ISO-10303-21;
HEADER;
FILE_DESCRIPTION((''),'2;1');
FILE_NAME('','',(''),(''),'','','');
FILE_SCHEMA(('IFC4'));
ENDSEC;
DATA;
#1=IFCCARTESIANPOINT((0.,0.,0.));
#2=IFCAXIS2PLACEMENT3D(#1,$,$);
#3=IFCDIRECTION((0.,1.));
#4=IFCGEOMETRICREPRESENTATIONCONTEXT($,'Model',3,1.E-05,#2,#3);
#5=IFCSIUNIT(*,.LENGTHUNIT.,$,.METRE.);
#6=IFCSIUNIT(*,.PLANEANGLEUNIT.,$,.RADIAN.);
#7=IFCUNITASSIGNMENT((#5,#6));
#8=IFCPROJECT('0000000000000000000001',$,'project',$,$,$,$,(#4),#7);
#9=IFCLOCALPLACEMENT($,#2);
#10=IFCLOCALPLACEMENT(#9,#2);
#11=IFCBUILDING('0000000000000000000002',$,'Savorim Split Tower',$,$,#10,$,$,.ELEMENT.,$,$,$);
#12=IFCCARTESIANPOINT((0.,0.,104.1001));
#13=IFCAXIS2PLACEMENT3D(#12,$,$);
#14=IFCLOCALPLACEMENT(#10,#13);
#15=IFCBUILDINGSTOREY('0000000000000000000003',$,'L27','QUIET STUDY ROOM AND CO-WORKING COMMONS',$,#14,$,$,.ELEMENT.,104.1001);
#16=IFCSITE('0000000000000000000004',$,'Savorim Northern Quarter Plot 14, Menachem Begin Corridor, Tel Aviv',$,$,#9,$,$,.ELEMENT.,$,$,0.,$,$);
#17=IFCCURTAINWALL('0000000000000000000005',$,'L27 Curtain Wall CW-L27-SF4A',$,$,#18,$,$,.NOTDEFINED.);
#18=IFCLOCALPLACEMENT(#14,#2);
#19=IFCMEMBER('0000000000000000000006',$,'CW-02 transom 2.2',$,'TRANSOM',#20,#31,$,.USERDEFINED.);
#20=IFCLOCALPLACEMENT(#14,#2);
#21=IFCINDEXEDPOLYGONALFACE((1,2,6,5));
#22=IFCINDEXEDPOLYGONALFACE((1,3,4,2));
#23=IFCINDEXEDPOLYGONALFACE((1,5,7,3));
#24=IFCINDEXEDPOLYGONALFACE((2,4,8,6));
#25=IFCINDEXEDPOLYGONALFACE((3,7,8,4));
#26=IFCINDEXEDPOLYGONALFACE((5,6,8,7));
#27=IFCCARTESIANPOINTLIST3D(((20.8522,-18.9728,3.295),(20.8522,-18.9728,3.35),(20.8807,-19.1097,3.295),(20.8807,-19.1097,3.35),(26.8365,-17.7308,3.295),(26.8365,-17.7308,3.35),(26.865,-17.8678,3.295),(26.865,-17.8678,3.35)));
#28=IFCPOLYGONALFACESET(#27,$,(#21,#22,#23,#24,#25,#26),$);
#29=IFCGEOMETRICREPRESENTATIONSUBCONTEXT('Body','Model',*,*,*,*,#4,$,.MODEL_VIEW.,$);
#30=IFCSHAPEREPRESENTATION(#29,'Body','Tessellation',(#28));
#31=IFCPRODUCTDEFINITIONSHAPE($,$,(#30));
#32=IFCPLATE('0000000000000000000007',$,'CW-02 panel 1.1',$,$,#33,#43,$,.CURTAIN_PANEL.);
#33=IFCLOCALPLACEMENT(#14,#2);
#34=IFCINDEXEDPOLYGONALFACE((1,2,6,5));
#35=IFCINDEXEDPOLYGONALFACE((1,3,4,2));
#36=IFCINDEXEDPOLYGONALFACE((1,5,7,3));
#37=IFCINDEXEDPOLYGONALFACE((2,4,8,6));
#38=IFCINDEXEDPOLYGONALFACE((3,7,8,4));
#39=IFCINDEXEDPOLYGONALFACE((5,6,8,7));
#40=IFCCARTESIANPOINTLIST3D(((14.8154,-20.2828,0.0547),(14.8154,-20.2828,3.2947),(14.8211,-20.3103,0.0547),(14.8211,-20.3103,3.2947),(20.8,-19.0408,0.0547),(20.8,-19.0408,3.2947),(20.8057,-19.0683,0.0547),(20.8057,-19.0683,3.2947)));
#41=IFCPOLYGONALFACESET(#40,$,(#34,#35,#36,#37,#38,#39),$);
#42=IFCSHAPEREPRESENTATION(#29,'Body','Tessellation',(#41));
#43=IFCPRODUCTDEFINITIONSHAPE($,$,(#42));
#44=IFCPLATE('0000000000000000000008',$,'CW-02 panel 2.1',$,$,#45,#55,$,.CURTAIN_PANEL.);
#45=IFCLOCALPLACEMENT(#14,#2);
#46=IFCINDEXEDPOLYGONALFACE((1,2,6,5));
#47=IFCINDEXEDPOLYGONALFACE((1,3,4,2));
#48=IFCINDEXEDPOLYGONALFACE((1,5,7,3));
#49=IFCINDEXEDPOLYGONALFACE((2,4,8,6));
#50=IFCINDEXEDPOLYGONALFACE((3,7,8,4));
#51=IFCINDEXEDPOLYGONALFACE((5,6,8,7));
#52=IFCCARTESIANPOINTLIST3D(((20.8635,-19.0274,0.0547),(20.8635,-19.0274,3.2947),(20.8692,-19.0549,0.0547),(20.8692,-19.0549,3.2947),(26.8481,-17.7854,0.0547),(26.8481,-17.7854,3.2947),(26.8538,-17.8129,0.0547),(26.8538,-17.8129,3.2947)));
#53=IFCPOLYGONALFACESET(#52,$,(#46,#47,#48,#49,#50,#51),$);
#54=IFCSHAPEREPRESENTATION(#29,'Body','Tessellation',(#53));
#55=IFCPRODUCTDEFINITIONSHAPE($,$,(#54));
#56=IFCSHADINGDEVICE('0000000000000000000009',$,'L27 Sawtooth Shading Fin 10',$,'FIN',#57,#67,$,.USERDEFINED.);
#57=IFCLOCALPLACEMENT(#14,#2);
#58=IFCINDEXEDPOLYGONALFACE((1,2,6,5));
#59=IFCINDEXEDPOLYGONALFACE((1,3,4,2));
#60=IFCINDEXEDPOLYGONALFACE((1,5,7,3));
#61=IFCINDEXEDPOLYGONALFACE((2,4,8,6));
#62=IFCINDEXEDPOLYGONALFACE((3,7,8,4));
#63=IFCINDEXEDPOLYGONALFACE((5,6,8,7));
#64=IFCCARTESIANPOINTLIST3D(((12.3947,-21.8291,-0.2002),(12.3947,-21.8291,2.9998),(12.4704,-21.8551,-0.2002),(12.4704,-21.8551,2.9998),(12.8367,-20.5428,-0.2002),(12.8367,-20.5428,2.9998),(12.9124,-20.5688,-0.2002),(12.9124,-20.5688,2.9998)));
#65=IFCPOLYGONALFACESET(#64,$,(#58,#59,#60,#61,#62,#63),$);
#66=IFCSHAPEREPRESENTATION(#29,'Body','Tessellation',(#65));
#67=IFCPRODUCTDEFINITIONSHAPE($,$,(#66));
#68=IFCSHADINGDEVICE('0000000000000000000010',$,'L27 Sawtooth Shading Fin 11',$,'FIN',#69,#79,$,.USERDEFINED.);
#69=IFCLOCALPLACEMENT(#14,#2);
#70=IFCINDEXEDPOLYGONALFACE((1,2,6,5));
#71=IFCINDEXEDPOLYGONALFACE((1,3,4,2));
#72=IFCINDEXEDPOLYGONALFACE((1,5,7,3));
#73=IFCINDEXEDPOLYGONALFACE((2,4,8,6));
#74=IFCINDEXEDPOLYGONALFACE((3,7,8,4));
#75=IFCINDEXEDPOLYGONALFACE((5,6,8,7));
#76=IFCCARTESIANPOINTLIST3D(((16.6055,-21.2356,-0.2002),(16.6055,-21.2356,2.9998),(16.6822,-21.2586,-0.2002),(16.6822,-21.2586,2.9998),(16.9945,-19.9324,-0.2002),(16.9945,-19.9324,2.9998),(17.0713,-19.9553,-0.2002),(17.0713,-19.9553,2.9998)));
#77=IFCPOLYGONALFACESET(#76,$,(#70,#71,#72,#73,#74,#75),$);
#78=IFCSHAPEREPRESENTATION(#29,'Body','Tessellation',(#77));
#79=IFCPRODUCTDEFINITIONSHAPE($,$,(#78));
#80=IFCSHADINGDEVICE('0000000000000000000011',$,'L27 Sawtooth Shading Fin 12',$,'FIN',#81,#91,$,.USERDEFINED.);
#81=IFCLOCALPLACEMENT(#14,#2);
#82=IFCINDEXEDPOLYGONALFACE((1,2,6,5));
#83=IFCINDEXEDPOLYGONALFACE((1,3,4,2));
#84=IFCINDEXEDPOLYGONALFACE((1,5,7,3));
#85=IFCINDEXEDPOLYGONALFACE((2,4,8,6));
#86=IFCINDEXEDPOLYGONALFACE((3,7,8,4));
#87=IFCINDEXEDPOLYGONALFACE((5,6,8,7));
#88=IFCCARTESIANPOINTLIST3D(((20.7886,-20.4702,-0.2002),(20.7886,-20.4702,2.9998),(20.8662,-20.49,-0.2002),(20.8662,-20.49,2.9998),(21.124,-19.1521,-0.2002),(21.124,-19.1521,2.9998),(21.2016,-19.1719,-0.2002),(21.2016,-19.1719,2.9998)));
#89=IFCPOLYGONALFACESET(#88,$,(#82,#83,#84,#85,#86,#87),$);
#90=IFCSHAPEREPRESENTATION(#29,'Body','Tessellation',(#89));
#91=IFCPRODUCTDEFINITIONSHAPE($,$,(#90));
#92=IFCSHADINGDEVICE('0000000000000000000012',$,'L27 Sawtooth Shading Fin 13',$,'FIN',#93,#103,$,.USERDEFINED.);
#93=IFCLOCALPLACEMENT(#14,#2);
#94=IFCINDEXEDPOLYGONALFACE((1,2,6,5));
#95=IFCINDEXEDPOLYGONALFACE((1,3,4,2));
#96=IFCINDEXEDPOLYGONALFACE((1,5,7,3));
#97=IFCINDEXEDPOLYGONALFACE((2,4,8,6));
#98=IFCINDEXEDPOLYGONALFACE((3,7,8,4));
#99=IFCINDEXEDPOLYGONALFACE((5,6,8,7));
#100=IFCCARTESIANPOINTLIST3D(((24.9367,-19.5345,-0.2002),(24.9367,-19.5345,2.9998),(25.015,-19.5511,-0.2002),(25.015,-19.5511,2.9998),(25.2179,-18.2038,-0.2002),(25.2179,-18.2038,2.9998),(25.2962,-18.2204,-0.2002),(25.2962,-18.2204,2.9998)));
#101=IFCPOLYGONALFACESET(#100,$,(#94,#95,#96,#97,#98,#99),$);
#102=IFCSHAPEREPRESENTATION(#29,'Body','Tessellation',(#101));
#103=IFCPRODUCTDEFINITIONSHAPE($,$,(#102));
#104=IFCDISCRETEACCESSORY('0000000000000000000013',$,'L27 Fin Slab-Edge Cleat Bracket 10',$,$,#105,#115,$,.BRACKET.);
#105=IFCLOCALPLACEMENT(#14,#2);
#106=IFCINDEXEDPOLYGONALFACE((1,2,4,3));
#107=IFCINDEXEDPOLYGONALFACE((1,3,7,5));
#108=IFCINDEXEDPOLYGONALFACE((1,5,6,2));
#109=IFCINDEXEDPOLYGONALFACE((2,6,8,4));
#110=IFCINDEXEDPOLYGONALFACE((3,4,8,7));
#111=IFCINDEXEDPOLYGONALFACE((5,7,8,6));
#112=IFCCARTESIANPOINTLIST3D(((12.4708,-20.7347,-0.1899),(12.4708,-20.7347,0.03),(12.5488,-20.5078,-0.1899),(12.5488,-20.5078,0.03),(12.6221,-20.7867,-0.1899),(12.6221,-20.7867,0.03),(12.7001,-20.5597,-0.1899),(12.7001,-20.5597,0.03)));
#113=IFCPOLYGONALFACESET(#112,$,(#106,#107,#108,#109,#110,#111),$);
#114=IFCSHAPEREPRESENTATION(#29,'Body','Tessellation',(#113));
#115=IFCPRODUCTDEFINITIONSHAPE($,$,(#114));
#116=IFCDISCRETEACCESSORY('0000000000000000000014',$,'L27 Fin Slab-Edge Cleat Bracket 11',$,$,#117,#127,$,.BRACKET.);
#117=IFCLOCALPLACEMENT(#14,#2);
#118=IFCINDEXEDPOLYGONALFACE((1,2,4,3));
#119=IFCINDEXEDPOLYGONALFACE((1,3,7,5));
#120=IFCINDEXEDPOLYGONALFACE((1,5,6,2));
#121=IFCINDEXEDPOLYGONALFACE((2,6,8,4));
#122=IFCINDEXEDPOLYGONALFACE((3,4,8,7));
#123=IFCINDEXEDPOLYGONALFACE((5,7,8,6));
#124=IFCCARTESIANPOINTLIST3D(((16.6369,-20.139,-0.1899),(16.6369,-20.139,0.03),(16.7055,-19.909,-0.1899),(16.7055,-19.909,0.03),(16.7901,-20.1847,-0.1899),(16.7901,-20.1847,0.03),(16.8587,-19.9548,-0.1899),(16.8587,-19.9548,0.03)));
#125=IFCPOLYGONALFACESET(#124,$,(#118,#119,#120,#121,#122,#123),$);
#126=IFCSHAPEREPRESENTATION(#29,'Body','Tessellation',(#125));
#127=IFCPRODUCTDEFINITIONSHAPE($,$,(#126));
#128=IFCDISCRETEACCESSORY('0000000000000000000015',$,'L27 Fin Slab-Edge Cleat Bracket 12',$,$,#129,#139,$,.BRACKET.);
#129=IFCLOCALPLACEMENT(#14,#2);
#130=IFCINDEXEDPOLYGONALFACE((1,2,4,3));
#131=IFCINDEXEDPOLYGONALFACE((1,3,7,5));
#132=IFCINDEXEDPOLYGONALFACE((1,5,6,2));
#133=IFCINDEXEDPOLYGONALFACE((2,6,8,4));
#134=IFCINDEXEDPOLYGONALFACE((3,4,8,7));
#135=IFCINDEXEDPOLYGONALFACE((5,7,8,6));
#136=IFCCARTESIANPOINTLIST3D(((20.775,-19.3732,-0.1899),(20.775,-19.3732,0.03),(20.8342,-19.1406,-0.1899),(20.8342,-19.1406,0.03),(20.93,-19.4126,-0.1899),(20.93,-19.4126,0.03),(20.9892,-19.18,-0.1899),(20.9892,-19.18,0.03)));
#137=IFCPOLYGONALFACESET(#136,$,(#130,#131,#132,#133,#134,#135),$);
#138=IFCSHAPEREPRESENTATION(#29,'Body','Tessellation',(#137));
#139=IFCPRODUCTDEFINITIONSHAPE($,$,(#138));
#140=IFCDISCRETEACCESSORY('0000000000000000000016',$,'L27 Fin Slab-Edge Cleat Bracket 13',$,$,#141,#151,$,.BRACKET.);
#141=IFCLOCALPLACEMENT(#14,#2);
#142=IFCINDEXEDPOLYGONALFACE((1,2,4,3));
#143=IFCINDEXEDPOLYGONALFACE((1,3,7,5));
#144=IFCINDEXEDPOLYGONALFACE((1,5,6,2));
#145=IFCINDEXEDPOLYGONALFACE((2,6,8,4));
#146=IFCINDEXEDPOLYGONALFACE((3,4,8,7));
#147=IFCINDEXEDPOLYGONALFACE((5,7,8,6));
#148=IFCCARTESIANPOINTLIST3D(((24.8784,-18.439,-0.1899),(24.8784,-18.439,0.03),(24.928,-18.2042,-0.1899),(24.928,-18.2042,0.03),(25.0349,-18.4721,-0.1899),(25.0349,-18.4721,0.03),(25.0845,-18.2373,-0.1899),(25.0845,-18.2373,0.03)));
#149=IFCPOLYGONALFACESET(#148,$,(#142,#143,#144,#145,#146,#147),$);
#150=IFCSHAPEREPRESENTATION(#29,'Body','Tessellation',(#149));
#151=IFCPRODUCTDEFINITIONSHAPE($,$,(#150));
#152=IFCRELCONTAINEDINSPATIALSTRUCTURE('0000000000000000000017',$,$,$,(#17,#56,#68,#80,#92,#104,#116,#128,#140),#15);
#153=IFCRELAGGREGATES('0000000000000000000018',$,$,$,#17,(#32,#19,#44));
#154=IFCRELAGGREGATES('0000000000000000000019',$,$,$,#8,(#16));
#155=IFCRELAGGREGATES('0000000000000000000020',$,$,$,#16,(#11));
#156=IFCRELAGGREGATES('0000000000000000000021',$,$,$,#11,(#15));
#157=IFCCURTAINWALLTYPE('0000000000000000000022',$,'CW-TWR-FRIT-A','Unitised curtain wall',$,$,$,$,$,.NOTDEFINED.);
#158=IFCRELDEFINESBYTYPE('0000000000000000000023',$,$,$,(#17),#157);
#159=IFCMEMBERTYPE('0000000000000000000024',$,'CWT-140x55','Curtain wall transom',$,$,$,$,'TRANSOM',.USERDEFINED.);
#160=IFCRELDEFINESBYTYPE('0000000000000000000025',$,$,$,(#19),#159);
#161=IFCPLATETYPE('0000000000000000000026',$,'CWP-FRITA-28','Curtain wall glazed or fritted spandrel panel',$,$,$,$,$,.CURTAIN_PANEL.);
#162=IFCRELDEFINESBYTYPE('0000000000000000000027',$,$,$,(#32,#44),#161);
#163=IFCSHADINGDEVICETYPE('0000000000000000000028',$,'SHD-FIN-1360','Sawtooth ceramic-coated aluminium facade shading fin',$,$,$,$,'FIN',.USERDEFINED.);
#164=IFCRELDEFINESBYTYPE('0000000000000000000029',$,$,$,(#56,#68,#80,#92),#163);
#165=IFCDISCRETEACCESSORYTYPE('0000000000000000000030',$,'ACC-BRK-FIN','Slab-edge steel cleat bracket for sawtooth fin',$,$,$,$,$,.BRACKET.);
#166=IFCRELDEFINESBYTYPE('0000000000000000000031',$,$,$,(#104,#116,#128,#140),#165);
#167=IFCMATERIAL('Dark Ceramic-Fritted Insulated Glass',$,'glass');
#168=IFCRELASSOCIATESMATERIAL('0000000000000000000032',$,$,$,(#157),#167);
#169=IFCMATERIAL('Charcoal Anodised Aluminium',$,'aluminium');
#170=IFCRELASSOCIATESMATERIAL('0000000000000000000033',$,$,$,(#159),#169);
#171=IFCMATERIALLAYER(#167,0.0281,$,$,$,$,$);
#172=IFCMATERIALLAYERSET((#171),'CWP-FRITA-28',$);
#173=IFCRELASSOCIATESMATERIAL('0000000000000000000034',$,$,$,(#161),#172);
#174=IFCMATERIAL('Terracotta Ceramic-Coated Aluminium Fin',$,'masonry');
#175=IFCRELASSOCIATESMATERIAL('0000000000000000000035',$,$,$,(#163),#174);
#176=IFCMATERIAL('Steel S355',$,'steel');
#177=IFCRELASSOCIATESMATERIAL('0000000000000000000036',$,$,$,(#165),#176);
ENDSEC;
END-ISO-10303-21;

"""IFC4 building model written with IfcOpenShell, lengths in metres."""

from ifc_helpers import new_model, si_unit, direction, frame, origin, origin_2d, place, context, subcontext, project, spatial, rectangle, extrude, material, layer, layer_set, material_profile, profile_set, type_object, element, aggregate, save


model = new_model("IFC4")

# Units and contexts
model_context = context("Model", 3, precision=1e-05, world=origin(), true_north=direction((0.0, 1.0)))
body_context = subcontext(model_context, "Body", "Model", "MODEL_VIEW")
ifc_project = project(units=[si_unit("LENGTHUNIT", "METRE"), si_unit("PLANEANGLEUNIT", "RADIAN")], contexts=[model_context])

# Site, building, storey
site_placement = place(None, origin())
site = spatial("IfcSite", under=ifc_project, at=site_placement, Name="Savorim Northern Quarter Plot 14, Menachem Begin Corridor, Tel Aviv", CompositionType="ELEMENT", RefElevation=0.0)
building_placement = place(site_placement, origin())
building = spatial("IfcBuilding", under=site, at=building_placement, Name="Savorim Split Tower", CompositionType="ELEMENT")
storey_placement = place(building_placement, frame((0.0, 0.0, 104.1001)))
storey = spatial("IfcBuildingStorey", under=building, at=storey_placement, Name="L27", Description="QUIET STUDY ROOM AND CO-WORKING COMMONS", CompositionType="ELEMENT", Elevation=104.1001)

# Shared definitions
ifc_material_1 = material(Name="Steel S355", Category="steel")

# Shared definitions
ifc_material_2 = material(Name="Dark Ceramic-Fritted Insulated Glass", Category="glass")
curtain_wall_type = type_object("IfcCurtainWallType", Name="CW-TWR-FRIT-A", Description="Unitised curtain wall", PredefinedType="NOTDEFINED", material=ifc_material_2)
ifc_material_3 = material(Name="Charcoal Anodised Aluminium", Category="aluminium")

# Curtain wall, member, plates
curtain_wall_1_placement = place(storey_placement, origin())
curtain_wall_1 = element("IfcCurtainWall", 1, at=curtain_wall_1_placement, inside=storey, type_object=curtain_wall_type, Name="L27 Curtain Wall CW-L27-SF4A", PredefinedType="NOTDEFINED")
ifc_material_profile_1 = material_profile(ifc_material_3, rectangle(XDim=0.1399, YDim=0.0549, at=origin_2d()), Name="ALU-T 140x55")
ifc_profile_set_1 = profile_set([ifc_material_profile_1], Name="Charcoal Anodised Aluminium")
member_type_1 = type_object("IfcMemberType", Name="CWT-140x55", Description="Curtain wall transom", ElementType="TRANSOM", PredefinedType="USERDEFINED", material=ifc_profile_set_1)
member_1_placement = place(storey_placement, frame((20.8665, -19.0413, 3.3225), z_axis=(0.979137, 0.203201, 0.0), x_axis=(-0.203201, 0.979137, 0.0)))
member_1 = element("IfcMember", 2, at=member_1_placement, type_object=member_type_1, Name="CW-02 transom 2.2", ObjectType="TRANSOM", PredefinedType="USERDEFINED", context=body_context, shape_type="SweptSolid", body=[
    extrude(rectangle(XDim=0.1399, YDim=0.0549, at=origin_2d()), origin(), (0.0, 0.0, 1.0), 6.1118),
])
ifc_layer = layer(ifc_material_2, 0.0281)
ifc_layer_set = layer_set([ifc_layer], Name="CWP-FRITA-28")
plate_type = type_object("IfcPlateType", Name="CWP-FRITA-28", Description="Curtain wall glazed or fritted spandrel panel", PredefinedType="CURTAIN_PANEL", material=ifc_layer_set)
plate_1_placement = place(storey_placement, frame((17.8105, -19.6755, 0.0547), z_axis=(0.0, 0.0, 1.0), x_axis=(0.979135, 0.203212, 0.0)))
plate_1 = element("IfcPlate", 3, at=plate_1_placement, type_object=plate_type, Name="CW-02 panel 1.1", PredefinedType="CURTAIN_PANEL", context=body_context, shape_type="SweptSolid", body=[
    extrude(rectangle(XDim=6.1121, YDim=0.0281, at=origin_2d()), origin(), (0.0, 0.0, 1.0), 3.24),
])
plate_2_placement = place(storey_placement, frame((23.8586, -18.4202, 0.0547), z_axis=(0.0, 0.0, 1.0), x_axis=(0.979135, 0.203212, 0.0)))
plate_2 = element("IfcPlate", 4, at=plate_2_placement, type_object=plate_type, Name="CW-02 panel 2.1", PredefinedType="CURTAIN_PANEL", context=body_context, shape_type="SweptSolid", body=[
    extrude(rectangle(XDim=6.1121, YDim=0.0281, at=origin_2d()), origin(), (0.0, 0.0, 1.0), 3.24),
])
aggregate(curtain_wall_1, [plate_1, member_1, plate_2])

# Shading devices
ifc_material_4 = material(Name="Terracotta Ceramic-Coated Aluminium Fin", Category="masonry")
shading_device_type = type_object("IfcShadingDeviceType", Name="SHD-FIN-1360", Description="Sawtooth ceramic-coated aluminium facade shading fin", ElementType="FIN", PredefinedType="USERDEFINED", material=ifc_material_4)
for number, where, z_axis, x_axis, name in (
    (5, (12.6536, -21.199, -0.2002), (0.0, 0.0, 1.0), (-0.324994, -0.945716, 0.0), "L27 Sawtooth Shading Fin 10"),
    (6, (16.8384, -20.5955, -0.2002), (0.0, 0.0, 1.0), (-0.286026, -0.958222, 0.0), "L27 Sawtooth Shading Fin 11"),
    (7, (20.9951, -19.821, -0.2002), (0.0, 0.0, 1.0), (-0.246581, -0.969122, 0.0), "L27 Sawtooth Shading Fin 12"),
    (8, (25.1165, -18.8774, -0.2002), (0.0, 0.0, 1.0), (-0.206722, -0.9784, 0.0), "L27 Sawtooth Shading Fin 13"),
):
    element("IfcShadingDevice", number, at=place(storey_placement, frame(where, z_axis=z_axis, x_axis=x_axis)), inside=storey, type_object=shading_device_type, Name=name, ObjectType="FIN", PredefinedType="USERDEFINED", context=body_context, shape_type="SweptSolid", body=[
        extrude(rectangle(XDim=1.3601, YDim=0.0801, at=origin_2d()), origin(), (0.0, 0.0, 1.0), 3.2),
    ])

# Discrete accessories
discrete_accessory_type = type_object("IfcDiscreteAccessoryType", Name="ACC-BRK-FIN", Description="Slab-edge steel cleat bracket for sawtooth fin", PredefinedType="BRACKET", material=ifc_material_1)
for number, where, z_axis, x_axis, name in (
    (9, (12.5854, -20.6472, -0.1899), (0.0, 0.0, 1.0), (-0.324994, -0.945716, 0.0), "L27 Fin Slab-Edge Cleat Bracket 10"),
    (10, (16.7478, -20.0469, -0.1899), (0.0, 0.0, 1.0), (-0.286026, -0.958222, 0.0), "L27 Fin Slab-Edge Cleat Bracket 11"),
    (11, (20.8821, -19.2766, -0.1899), (0.0, 0.0, 1.0), (-0.246581, -0.969122, 0.0), "L27 Fin Slab-Edge Cleat Bracket 12"),
    (12, (24.9814, -18.3381, -0.1899), (0.0, 0.0, 1.0), (-0.206722, -0.9784, 0.0), "L27 Fin Slab-Edge Cleat Bracket 13"),
):
    element("IfcDiscreteAccessory", number, at=place(storey_placement, frame(where, z_axis=z_axis, x_axis=x_axis)), inside=storey, type_object=discrete_accessory_type, Name=name, PredefinedType="BRACKET", context=body_context, shape_type="SweptSolid", body=[
        extrude(rectangle(XDim=0.24, YDim=0.1599, at=origin_2d()), origin(), (0.0, 0.0, 1.0), 0.22),
    ])

save(model, "model.ifc")
